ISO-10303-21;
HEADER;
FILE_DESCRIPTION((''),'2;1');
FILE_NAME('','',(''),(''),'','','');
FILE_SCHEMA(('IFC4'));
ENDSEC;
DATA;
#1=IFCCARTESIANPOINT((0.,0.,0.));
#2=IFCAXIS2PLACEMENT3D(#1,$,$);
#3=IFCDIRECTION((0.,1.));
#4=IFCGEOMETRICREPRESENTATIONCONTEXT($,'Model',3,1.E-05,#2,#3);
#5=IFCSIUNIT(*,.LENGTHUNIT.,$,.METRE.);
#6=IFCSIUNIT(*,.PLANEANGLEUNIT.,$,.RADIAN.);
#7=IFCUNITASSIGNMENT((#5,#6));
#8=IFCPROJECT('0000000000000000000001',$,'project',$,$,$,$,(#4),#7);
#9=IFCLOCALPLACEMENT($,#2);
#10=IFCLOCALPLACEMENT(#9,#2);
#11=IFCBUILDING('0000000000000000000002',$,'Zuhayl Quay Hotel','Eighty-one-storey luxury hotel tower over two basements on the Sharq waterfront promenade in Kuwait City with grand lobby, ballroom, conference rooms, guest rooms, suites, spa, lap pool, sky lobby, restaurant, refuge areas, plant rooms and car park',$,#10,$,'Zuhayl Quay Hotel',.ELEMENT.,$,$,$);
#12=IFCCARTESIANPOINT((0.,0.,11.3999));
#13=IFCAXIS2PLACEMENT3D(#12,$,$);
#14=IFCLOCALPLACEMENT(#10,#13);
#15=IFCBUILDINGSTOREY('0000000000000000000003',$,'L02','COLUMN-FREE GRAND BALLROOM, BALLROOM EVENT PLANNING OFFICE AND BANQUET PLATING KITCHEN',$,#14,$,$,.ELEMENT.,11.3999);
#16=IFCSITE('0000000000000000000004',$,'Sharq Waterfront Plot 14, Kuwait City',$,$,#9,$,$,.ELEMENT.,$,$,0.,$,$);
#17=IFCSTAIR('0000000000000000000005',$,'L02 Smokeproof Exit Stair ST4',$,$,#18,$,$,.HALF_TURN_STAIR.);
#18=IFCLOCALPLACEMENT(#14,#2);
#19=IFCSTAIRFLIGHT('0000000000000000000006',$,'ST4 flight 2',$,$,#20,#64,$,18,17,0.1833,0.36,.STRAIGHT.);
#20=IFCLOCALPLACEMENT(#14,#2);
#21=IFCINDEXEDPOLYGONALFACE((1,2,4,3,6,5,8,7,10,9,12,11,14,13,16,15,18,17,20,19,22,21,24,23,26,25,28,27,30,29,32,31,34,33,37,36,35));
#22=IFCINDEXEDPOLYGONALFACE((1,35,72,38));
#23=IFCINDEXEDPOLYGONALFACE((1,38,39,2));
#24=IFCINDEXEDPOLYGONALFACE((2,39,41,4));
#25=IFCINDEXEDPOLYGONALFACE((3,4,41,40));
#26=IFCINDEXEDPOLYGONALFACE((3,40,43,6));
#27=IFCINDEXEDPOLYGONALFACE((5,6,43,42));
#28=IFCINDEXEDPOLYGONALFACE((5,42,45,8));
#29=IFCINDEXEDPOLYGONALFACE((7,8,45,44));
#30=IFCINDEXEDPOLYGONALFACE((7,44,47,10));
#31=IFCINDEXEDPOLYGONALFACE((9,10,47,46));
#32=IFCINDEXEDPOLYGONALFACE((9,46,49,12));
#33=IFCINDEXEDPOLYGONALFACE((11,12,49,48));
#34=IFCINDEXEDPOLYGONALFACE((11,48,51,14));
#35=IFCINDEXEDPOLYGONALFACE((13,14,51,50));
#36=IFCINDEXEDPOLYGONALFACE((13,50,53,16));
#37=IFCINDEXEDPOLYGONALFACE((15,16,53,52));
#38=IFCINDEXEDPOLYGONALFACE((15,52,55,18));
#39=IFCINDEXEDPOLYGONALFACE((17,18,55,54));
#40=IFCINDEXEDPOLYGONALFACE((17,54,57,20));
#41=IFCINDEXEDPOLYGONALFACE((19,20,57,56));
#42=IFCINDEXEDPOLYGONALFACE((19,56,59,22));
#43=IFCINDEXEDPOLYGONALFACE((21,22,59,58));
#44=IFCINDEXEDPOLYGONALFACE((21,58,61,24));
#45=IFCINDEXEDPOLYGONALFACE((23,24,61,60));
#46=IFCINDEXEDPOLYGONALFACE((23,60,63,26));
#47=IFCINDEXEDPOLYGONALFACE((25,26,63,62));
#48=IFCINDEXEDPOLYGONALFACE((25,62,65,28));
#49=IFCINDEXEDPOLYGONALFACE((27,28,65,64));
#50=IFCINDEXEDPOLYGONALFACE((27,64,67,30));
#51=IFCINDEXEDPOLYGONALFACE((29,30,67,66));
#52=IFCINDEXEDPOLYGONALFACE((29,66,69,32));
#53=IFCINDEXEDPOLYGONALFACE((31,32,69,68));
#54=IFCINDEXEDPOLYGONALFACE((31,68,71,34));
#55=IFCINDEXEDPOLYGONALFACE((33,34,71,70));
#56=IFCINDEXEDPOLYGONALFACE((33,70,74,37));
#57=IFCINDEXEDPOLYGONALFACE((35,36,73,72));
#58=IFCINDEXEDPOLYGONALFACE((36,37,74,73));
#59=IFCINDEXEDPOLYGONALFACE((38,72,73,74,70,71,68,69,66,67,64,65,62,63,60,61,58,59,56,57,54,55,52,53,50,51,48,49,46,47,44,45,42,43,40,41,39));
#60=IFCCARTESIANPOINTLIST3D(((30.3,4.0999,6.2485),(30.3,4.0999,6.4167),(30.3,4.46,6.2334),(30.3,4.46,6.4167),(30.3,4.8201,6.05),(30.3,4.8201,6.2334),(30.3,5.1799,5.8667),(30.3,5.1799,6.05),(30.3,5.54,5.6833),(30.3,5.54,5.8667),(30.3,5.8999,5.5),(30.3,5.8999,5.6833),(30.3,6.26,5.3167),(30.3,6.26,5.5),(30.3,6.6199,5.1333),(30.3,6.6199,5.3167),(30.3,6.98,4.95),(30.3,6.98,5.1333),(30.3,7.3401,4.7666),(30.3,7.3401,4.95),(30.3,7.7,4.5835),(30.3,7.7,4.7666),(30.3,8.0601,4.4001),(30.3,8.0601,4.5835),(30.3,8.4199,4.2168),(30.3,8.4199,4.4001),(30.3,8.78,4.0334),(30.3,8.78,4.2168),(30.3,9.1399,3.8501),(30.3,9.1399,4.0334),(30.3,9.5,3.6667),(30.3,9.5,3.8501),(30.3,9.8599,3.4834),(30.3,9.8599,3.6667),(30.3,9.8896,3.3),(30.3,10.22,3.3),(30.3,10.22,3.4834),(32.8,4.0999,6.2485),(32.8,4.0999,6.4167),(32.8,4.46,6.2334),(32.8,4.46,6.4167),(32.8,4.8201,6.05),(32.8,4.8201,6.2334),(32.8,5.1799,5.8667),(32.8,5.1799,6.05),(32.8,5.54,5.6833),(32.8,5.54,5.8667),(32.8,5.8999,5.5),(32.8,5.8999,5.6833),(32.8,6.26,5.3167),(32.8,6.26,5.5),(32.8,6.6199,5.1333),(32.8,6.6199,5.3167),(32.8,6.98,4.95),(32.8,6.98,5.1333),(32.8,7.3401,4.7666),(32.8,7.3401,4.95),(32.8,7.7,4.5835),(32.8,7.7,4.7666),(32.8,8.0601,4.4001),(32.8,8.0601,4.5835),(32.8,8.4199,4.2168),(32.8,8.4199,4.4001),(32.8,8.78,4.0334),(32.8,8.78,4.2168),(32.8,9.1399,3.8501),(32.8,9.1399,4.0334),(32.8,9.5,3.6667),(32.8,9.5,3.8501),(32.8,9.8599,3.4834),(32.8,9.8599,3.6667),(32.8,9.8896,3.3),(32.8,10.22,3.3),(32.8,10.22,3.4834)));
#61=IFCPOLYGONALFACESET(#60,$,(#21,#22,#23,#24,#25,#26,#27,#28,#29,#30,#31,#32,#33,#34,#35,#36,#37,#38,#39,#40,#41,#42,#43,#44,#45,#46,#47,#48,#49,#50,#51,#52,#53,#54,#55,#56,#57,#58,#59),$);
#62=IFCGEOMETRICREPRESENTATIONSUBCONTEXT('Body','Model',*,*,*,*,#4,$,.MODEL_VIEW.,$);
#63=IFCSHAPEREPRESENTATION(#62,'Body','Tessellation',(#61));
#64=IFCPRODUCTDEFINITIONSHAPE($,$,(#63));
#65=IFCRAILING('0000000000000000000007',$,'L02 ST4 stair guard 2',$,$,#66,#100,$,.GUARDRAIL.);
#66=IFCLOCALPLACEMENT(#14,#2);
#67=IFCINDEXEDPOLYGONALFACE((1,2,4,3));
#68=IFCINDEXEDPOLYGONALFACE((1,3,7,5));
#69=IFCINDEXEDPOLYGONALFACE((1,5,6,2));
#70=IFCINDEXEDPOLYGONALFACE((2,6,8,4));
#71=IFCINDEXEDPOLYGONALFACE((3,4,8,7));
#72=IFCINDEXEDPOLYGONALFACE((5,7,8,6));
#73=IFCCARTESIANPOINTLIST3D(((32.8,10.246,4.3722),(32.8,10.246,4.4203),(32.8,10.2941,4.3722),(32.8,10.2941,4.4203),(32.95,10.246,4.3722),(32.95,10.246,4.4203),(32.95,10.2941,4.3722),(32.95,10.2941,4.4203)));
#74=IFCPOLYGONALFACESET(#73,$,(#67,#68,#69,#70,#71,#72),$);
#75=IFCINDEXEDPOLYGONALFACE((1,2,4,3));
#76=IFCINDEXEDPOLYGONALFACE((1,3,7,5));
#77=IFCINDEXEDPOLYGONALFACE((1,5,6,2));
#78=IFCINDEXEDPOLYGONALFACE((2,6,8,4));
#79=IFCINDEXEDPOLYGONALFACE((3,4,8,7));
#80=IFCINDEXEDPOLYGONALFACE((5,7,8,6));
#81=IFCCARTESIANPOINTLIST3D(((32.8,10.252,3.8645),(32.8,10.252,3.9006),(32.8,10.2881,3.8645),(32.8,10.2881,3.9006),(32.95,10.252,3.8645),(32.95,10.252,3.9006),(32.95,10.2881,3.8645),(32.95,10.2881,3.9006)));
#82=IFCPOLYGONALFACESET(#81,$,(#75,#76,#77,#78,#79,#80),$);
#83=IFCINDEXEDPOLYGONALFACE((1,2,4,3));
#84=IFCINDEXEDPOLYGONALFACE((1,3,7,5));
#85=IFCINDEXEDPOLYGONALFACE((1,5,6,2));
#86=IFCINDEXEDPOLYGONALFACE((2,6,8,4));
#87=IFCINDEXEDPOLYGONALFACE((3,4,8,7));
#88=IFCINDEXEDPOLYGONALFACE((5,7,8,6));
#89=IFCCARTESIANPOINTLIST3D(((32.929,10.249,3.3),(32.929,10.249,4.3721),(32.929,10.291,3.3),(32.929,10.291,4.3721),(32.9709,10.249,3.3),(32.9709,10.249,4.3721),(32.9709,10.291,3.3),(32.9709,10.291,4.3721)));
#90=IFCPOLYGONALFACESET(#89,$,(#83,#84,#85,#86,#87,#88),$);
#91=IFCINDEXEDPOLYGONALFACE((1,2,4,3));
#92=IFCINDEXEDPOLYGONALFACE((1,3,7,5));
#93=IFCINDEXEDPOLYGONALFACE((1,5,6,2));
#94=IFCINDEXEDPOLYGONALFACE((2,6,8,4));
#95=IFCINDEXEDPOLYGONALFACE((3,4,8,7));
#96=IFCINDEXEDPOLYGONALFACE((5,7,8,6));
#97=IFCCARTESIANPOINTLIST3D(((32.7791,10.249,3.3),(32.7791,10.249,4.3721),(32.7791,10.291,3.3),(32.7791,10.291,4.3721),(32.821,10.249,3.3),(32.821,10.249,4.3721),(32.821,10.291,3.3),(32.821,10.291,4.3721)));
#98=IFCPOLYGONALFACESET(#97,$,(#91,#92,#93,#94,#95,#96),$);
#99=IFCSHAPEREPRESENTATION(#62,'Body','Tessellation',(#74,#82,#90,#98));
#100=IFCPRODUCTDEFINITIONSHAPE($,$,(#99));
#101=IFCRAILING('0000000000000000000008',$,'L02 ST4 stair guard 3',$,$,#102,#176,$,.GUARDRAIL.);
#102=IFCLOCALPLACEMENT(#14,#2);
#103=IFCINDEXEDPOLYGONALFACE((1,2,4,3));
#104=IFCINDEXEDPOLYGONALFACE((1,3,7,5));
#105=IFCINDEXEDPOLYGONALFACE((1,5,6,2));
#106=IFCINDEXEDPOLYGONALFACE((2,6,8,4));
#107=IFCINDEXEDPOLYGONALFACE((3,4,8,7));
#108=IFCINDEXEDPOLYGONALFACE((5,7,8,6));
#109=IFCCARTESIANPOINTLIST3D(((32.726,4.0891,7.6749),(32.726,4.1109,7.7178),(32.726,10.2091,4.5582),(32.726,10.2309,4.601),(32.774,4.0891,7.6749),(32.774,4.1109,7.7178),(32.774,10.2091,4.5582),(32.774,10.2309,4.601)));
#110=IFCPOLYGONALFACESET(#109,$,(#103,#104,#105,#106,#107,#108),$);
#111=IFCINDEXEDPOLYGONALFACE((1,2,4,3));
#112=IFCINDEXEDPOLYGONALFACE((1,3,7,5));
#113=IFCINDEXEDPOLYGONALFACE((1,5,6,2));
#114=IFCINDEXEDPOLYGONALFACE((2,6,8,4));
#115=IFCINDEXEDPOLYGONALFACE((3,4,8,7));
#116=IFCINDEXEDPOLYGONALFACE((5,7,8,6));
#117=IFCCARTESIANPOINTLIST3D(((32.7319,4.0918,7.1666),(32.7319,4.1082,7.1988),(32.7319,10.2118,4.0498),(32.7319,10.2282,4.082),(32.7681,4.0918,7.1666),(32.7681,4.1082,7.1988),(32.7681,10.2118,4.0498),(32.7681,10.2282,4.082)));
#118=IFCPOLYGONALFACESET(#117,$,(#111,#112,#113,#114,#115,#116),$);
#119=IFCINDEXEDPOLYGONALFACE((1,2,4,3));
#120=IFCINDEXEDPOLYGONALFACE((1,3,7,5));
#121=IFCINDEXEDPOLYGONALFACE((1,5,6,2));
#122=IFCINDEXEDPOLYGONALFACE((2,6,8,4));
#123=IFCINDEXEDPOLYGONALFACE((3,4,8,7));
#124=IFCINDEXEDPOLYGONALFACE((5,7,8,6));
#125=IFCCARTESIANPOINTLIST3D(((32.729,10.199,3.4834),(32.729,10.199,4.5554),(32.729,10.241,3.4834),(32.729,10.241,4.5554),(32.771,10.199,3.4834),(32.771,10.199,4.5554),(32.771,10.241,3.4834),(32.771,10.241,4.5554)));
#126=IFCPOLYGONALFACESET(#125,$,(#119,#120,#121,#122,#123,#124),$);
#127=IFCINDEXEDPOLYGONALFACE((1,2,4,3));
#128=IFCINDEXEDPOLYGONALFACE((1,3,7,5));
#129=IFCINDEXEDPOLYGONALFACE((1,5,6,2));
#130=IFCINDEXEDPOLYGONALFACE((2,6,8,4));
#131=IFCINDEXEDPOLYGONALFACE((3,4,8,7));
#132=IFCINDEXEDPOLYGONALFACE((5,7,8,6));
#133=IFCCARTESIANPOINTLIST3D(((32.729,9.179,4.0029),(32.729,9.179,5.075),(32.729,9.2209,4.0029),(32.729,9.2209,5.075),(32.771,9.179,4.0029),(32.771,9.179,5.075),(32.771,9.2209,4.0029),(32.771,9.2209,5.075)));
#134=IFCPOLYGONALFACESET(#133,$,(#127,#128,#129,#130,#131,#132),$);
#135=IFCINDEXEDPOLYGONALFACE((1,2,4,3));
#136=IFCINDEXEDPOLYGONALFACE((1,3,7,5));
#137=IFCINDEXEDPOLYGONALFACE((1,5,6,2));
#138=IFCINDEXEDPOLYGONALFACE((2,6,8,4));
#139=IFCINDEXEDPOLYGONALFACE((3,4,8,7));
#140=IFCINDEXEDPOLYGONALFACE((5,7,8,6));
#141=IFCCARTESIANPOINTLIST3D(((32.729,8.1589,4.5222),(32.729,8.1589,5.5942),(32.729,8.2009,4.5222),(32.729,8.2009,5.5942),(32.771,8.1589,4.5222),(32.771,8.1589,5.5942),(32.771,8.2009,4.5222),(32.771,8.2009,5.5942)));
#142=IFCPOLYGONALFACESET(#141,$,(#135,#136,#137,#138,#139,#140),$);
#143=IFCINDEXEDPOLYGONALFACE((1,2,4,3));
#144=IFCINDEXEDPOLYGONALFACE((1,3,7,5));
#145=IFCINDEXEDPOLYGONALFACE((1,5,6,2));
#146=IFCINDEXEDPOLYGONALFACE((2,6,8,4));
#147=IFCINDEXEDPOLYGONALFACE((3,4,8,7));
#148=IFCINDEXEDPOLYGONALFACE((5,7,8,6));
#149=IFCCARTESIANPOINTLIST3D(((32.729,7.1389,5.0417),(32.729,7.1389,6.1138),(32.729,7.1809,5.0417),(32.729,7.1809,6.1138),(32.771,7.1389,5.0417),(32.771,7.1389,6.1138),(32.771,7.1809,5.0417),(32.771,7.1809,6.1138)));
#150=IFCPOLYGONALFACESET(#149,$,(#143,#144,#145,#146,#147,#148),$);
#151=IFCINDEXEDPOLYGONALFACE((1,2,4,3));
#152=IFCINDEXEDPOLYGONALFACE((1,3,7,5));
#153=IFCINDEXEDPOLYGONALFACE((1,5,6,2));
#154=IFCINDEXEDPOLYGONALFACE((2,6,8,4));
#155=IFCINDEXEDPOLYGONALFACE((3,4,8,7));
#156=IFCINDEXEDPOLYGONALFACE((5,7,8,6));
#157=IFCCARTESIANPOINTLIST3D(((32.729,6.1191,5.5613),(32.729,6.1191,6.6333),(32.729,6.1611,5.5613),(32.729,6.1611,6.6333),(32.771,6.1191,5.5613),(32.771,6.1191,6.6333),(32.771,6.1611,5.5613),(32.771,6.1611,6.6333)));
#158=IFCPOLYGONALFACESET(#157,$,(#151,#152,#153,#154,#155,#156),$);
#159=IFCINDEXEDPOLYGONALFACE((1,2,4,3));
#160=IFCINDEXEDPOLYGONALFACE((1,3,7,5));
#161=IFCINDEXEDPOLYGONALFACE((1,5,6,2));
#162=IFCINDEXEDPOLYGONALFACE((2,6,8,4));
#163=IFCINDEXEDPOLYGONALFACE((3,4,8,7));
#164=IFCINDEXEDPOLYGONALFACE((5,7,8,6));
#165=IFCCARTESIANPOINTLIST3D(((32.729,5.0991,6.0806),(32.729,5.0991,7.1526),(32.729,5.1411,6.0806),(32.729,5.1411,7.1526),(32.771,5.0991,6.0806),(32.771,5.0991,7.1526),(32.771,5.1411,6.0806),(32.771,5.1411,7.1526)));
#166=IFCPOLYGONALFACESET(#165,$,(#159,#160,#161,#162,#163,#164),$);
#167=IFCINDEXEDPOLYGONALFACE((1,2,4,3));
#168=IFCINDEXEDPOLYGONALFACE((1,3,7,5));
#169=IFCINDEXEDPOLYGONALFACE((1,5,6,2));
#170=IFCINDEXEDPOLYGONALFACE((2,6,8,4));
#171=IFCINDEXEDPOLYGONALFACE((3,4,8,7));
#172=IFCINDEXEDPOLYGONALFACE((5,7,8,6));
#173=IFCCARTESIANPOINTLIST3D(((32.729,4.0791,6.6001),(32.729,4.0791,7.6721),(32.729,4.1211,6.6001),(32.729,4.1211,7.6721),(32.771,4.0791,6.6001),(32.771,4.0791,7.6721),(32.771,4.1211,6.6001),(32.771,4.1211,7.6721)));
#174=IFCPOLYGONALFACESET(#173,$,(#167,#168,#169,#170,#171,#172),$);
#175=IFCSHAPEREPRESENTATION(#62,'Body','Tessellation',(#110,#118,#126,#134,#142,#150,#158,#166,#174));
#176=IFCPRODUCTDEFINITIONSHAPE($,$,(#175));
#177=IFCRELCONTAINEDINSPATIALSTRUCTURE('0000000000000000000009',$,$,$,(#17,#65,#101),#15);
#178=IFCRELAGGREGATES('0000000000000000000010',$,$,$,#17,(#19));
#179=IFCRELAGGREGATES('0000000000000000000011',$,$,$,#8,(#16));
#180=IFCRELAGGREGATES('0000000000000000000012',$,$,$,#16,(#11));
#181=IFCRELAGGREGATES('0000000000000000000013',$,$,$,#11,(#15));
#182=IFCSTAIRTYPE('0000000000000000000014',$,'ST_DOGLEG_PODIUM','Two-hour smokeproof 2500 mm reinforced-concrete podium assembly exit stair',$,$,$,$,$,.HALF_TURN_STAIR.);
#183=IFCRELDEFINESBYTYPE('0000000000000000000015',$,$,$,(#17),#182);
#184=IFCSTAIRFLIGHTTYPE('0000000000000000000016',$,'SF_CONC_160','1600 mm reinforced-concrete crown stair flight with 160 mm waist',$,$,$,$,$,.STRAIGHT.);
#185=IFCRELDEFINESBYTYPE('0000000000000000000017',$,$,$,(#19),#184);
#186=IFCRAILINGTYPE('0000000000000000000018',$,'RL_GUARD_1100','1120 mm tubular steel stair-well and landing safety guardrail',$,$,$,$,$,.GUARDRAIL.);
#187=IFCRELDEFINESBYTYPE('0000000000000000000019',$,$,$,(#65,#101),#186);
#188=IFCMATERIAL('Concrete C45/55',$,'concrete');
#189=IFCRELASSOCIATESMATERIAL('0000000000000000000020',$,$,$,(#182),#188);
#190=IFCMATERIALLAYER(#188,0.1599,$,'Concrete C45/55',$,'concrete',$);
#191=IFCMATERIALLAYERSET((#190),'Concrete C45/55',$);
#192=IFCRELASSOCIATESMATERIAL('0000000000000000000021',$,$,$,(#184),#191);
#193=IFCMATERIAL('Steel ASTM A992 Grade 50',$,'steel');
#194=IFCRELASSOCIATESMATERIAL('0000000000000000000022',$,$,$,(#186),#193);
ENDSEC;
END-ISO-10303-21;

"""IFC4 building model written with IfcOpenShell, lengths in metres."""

from ifc_helpers import new_model, si_unit, direction, frame, origin, origin_2d, place, context, subcontext, project, spatial, polyline, rectangle, outline, extrude, material, layer, layer_set, type_object, element, aggregate, save


model = new_model("IFC4")

# Units and contexts
model_context = context("Model", 3, precision=1e-05, world=origin(), true_north=direction((0.0, 1.0)))
body_context = subcontext(model_context, "Body", "Model", "MODEL_VIEW")
ifc_project = project(units=[si_unit("LENGTHUNIT", "METRE"), si_unit("PLANEANGLEUNIT", "RADIAN")], contexts=[model_context])

# Site, building, storey
site_placement = place(None, origin())
site = spatial("IfcSite", under=ifc_project, at=site_placement, Name="Sharq Waterfront Plot 14, Kuwait City", CompositionType="ELEMENT", RefElevation=0.0)
building_placement = place(site_placement, origin())
building = spatial("IfcBuilding", under=site, at=building_placement, Name="Zuhayl Quay Hotel", Description="Eighty-one-storey luxury hotel tower over two basements on the Sharq waterfront promenade in Kuwait City with grand lobby, ballroom, conference rooms, guest rooms, suites, spa, lap pool, sky lobby, restaurant, refuge areas, plant rooms and car park", LongName="Zuhayl Quay Hotel", CompositionType="ELEMENT")
storey_placement = place(building_placement, frame((0.0, 0.0, 11.3999)))
storey = spatial("IfcBuildingStorey", under=building, at=storey_placement, Name="L02", Description="COLUMN-FREE GRAND BALLROOM, BALLROOM EVENT PLANNING OFFICE AND BANQUET PLATING KITCHEN", CompositionType="ELEMENT", Elevation=11.3999)

# Shared definitions
ifc_material_1 = material(Name="Steel ASTM A992 Grade 50", Category="steel")

# Stair, stair flight
ifc_material_2 = material(Name="Concrete C45/55", Category="concrete")
stair_type = type_object("IfcStairType", Name="ST_DOGLEG_PODIUM", Description="Two-hour smokeproof 2500 mm reinforced-concrete podium assembly exit stair", PredefinedType="HALF_TURN_STAIR", material=ifc_material_2)
stair_placement = place(storey_placement, origin())
stair = element("IfcStair", 1, at=stair_placement, inside=storey, type_object=stair_type, Name="L02 Smokeproof Exit Stair ST4", PredefinedType="HALF_TURN_STAIR")
ifc_layer_1 = layer(ifc_material_2, 0.1599, Name="Concrete C45/55", Category="concrete")
ifc_layer_set_1 = layer_set([ifc_layer_1], Name="Concrete C45/55")
stair_flight_type = type_object("IfcStairFlightType", Name="SF_CONC_160", Description="1600 mm reinforced-concrete crown stair flight with 160 mm waist", PredefinedType="STRAIGHT", material=ifc_layer_set_1)
stair_flight_placement = place(storey_placement, frame((31.55, 10.22, 3.3), z_axis=(0.0, 0.0, 1.0), x_axis=(0.0, -1.0, 0.0)))
stair_flight = element("IfcStairFlight", 2, at=stair_flight_placement, type_object=stair_flight_type, Name="ST4 flight 2", NumberOfRisers=18, NumberOfTreads=17, PredefinedType="STRAIGHT", RiserHeight=0.1833, TreadLength=0.36, context=body_context, shape_type="SweptSolid", body=[
    extrude(outline(polyline([(0.0, 0.0), (0.0, 0.1833), (0.3601, 0.1833), (0.3601, 0.3667), (0.72, 0.3667), (0.72, 0.55), (1.0801, 0.55), (1.0801, 0.7334), (1.4399, 0.7334), (1.4399, 0.9167), (1.8, 0.9167), (1.8, 1.1001), (2.1599, 1.1001), (2.1599, 1.2834), (2.52, 1.2834), (2.52, 1.4666), (2.8799, 1.4666), (2.8799, 1.6499), (3.24, 1.6499), (3.24, 1.8333), (3.6001, 1.8333), (3.6001, 2.0166), (3.96, 2.0166), (3.96, 2.2), (4.3201, 2.2), (4.3201, 2.3833), (4.6799, 2.3833), (4.6799, 2.5667), (5.04, 2.5667), (5.04, 2.75), (5.3999, 2.75), (5.3999, 2.9333), (5.76, 2.9333), (5.76, 3.1167), (6.1201, 3.1167), (6.1201, 3.3), (6.1201, 2.9485), (0.3303, 0.0), (0.0, 0.0)])), frame((0.0, 1.25, 0.0), z_axis=(0.0, -1.0, 0.0), x_axis=(1.0, 0.0, 0.0)), (0.0, 0.0, 1.0), 2.5),
])
aggregate(stair, [stair_flight])

# Railings
railing_type_1 = type_object("IfcRailingType", Name="RL_GUARD_1100", Description="1120 mm tubular steel stair-well and landing safety guardrail", PredefinedType="GUARDRAIL", material=ifc_material_1)
railing_1_placement = place(storey_placement, frame((32.95, 10.27, 3.3)))
element("IfcRailing", 3, at=railing_1_placement, inside=storey, type_object=railing_type_1, Name="L02 ST4 stair guard 2", PredefinedType="GUARDRAIL", context=body_context, shape_type="SweptSolid", body=[
    extrude(rectangle(XDim=0.0481, YDim=0.0481, at=origin_2d()), frame((0.0, 0.0, 1.0962), z_axis=(-1.0, 0.0, 0.0), x_axis=(0.0, -1.0, 0.0)), (0.0, 0.0, 1.0), 0.1499),
    extrude(rectangle(XDim=0.0361, YDim=0.0361, at=origin_2d()), frame((0.0, 0.0, 0.5825), z_axis=(-1.0, 0.0, 0.0), x_axis=(0.0, -1.0, 0.0)), (0.0, 0.0, 1.0), 0.1499),
    extrude(rectangle(XDim=0.042, YDim=0.042, at=origin_2d()), origin(), (0.0, 0.0, 1.0), 1.072),
    extrude(rectangle(XDim=0.042, YDim=0.042, at=origin_2d()), frame((-0.1499, 0.0, 0.0)), (0.0, 0.0, 1.0), 1.072),
])
railing_2_placement = place(storey_placement, frame((32.75, 10.22, 3.4834)))
element("IfcRailing", 4, at=railing_2_placement, inside=storey, type_object=railing_type_1, Name="L02 ST4 stair guard 3", PredefinedType="GUARDRAIL", context=body_context, shape_type="SweptSolid", body=[
    extrude(rectangle(XDim=0.0481, YDim=0.0481, at=origin_2d()), frame((0.0, 0.0, 1.0962), z_axis=(0.0, -0.891097, 0.453813), x_axis=(1.0, 0.0, 0.0)), (0.0, 0.0, 1.0), 6.8679),
    extrude(rectangle(XDim=0.0361, YDim=0.0361, at=origin_2d()), frame((0.0, 0.0, 0.5825), z_axis=(0.0, -0.891097, 0.453813), x_axis=(1.0, 0.0, 0.0)), (0.0, 0.0, 1.0), 6.8679),
    extrude(rectangle(XDim=0.042, YDim=0.042, at=origin_2d()), origin(), (0.0, 0.0, 1.0), 1.072),
    extrude(rectangle(XDim=0.042, YDim=0.042, at=origin_2d()), frame((0.0, -1.02, 0.5195)), (0.0, 0.0, 1.0), 1.072),
    extrude(rectangle(XDim=0.042, YDim=0.042, at=origin_2d()), frame((0.0, -2.04, 1.0388)), (0.0, 0.0, 1.0), 1.072),
    extrude(rectangle(XDim=0.042, YDim=0.042, at=origin_2d()), frame((0.0, -3.0601, 1.5583)), (0.0, 0.0, 1.0), 1.072),
    extrude(rectangle(XDim=0.042, YDim=0.042, at=origin_2d()), frame((0.0, -4.0798, 2.0779)), (0.0, 0.0, 1.0), 1.072),
    extrude(rectangle(XDim=0.042, YDim=0.042, at=origin_2d()), frame((0.0, -5.0999, 2.5972)), (0.0, 0.0, 1.0), 1.072),
    extrude(rectangle(XDim=0.042, YDim=0.042, at=origin_2d()), frame((0.0, -6.1199, 3.1167)), (0.0, 0.0, 1.0), 1.072),
])

save(model, "model.ifc")
